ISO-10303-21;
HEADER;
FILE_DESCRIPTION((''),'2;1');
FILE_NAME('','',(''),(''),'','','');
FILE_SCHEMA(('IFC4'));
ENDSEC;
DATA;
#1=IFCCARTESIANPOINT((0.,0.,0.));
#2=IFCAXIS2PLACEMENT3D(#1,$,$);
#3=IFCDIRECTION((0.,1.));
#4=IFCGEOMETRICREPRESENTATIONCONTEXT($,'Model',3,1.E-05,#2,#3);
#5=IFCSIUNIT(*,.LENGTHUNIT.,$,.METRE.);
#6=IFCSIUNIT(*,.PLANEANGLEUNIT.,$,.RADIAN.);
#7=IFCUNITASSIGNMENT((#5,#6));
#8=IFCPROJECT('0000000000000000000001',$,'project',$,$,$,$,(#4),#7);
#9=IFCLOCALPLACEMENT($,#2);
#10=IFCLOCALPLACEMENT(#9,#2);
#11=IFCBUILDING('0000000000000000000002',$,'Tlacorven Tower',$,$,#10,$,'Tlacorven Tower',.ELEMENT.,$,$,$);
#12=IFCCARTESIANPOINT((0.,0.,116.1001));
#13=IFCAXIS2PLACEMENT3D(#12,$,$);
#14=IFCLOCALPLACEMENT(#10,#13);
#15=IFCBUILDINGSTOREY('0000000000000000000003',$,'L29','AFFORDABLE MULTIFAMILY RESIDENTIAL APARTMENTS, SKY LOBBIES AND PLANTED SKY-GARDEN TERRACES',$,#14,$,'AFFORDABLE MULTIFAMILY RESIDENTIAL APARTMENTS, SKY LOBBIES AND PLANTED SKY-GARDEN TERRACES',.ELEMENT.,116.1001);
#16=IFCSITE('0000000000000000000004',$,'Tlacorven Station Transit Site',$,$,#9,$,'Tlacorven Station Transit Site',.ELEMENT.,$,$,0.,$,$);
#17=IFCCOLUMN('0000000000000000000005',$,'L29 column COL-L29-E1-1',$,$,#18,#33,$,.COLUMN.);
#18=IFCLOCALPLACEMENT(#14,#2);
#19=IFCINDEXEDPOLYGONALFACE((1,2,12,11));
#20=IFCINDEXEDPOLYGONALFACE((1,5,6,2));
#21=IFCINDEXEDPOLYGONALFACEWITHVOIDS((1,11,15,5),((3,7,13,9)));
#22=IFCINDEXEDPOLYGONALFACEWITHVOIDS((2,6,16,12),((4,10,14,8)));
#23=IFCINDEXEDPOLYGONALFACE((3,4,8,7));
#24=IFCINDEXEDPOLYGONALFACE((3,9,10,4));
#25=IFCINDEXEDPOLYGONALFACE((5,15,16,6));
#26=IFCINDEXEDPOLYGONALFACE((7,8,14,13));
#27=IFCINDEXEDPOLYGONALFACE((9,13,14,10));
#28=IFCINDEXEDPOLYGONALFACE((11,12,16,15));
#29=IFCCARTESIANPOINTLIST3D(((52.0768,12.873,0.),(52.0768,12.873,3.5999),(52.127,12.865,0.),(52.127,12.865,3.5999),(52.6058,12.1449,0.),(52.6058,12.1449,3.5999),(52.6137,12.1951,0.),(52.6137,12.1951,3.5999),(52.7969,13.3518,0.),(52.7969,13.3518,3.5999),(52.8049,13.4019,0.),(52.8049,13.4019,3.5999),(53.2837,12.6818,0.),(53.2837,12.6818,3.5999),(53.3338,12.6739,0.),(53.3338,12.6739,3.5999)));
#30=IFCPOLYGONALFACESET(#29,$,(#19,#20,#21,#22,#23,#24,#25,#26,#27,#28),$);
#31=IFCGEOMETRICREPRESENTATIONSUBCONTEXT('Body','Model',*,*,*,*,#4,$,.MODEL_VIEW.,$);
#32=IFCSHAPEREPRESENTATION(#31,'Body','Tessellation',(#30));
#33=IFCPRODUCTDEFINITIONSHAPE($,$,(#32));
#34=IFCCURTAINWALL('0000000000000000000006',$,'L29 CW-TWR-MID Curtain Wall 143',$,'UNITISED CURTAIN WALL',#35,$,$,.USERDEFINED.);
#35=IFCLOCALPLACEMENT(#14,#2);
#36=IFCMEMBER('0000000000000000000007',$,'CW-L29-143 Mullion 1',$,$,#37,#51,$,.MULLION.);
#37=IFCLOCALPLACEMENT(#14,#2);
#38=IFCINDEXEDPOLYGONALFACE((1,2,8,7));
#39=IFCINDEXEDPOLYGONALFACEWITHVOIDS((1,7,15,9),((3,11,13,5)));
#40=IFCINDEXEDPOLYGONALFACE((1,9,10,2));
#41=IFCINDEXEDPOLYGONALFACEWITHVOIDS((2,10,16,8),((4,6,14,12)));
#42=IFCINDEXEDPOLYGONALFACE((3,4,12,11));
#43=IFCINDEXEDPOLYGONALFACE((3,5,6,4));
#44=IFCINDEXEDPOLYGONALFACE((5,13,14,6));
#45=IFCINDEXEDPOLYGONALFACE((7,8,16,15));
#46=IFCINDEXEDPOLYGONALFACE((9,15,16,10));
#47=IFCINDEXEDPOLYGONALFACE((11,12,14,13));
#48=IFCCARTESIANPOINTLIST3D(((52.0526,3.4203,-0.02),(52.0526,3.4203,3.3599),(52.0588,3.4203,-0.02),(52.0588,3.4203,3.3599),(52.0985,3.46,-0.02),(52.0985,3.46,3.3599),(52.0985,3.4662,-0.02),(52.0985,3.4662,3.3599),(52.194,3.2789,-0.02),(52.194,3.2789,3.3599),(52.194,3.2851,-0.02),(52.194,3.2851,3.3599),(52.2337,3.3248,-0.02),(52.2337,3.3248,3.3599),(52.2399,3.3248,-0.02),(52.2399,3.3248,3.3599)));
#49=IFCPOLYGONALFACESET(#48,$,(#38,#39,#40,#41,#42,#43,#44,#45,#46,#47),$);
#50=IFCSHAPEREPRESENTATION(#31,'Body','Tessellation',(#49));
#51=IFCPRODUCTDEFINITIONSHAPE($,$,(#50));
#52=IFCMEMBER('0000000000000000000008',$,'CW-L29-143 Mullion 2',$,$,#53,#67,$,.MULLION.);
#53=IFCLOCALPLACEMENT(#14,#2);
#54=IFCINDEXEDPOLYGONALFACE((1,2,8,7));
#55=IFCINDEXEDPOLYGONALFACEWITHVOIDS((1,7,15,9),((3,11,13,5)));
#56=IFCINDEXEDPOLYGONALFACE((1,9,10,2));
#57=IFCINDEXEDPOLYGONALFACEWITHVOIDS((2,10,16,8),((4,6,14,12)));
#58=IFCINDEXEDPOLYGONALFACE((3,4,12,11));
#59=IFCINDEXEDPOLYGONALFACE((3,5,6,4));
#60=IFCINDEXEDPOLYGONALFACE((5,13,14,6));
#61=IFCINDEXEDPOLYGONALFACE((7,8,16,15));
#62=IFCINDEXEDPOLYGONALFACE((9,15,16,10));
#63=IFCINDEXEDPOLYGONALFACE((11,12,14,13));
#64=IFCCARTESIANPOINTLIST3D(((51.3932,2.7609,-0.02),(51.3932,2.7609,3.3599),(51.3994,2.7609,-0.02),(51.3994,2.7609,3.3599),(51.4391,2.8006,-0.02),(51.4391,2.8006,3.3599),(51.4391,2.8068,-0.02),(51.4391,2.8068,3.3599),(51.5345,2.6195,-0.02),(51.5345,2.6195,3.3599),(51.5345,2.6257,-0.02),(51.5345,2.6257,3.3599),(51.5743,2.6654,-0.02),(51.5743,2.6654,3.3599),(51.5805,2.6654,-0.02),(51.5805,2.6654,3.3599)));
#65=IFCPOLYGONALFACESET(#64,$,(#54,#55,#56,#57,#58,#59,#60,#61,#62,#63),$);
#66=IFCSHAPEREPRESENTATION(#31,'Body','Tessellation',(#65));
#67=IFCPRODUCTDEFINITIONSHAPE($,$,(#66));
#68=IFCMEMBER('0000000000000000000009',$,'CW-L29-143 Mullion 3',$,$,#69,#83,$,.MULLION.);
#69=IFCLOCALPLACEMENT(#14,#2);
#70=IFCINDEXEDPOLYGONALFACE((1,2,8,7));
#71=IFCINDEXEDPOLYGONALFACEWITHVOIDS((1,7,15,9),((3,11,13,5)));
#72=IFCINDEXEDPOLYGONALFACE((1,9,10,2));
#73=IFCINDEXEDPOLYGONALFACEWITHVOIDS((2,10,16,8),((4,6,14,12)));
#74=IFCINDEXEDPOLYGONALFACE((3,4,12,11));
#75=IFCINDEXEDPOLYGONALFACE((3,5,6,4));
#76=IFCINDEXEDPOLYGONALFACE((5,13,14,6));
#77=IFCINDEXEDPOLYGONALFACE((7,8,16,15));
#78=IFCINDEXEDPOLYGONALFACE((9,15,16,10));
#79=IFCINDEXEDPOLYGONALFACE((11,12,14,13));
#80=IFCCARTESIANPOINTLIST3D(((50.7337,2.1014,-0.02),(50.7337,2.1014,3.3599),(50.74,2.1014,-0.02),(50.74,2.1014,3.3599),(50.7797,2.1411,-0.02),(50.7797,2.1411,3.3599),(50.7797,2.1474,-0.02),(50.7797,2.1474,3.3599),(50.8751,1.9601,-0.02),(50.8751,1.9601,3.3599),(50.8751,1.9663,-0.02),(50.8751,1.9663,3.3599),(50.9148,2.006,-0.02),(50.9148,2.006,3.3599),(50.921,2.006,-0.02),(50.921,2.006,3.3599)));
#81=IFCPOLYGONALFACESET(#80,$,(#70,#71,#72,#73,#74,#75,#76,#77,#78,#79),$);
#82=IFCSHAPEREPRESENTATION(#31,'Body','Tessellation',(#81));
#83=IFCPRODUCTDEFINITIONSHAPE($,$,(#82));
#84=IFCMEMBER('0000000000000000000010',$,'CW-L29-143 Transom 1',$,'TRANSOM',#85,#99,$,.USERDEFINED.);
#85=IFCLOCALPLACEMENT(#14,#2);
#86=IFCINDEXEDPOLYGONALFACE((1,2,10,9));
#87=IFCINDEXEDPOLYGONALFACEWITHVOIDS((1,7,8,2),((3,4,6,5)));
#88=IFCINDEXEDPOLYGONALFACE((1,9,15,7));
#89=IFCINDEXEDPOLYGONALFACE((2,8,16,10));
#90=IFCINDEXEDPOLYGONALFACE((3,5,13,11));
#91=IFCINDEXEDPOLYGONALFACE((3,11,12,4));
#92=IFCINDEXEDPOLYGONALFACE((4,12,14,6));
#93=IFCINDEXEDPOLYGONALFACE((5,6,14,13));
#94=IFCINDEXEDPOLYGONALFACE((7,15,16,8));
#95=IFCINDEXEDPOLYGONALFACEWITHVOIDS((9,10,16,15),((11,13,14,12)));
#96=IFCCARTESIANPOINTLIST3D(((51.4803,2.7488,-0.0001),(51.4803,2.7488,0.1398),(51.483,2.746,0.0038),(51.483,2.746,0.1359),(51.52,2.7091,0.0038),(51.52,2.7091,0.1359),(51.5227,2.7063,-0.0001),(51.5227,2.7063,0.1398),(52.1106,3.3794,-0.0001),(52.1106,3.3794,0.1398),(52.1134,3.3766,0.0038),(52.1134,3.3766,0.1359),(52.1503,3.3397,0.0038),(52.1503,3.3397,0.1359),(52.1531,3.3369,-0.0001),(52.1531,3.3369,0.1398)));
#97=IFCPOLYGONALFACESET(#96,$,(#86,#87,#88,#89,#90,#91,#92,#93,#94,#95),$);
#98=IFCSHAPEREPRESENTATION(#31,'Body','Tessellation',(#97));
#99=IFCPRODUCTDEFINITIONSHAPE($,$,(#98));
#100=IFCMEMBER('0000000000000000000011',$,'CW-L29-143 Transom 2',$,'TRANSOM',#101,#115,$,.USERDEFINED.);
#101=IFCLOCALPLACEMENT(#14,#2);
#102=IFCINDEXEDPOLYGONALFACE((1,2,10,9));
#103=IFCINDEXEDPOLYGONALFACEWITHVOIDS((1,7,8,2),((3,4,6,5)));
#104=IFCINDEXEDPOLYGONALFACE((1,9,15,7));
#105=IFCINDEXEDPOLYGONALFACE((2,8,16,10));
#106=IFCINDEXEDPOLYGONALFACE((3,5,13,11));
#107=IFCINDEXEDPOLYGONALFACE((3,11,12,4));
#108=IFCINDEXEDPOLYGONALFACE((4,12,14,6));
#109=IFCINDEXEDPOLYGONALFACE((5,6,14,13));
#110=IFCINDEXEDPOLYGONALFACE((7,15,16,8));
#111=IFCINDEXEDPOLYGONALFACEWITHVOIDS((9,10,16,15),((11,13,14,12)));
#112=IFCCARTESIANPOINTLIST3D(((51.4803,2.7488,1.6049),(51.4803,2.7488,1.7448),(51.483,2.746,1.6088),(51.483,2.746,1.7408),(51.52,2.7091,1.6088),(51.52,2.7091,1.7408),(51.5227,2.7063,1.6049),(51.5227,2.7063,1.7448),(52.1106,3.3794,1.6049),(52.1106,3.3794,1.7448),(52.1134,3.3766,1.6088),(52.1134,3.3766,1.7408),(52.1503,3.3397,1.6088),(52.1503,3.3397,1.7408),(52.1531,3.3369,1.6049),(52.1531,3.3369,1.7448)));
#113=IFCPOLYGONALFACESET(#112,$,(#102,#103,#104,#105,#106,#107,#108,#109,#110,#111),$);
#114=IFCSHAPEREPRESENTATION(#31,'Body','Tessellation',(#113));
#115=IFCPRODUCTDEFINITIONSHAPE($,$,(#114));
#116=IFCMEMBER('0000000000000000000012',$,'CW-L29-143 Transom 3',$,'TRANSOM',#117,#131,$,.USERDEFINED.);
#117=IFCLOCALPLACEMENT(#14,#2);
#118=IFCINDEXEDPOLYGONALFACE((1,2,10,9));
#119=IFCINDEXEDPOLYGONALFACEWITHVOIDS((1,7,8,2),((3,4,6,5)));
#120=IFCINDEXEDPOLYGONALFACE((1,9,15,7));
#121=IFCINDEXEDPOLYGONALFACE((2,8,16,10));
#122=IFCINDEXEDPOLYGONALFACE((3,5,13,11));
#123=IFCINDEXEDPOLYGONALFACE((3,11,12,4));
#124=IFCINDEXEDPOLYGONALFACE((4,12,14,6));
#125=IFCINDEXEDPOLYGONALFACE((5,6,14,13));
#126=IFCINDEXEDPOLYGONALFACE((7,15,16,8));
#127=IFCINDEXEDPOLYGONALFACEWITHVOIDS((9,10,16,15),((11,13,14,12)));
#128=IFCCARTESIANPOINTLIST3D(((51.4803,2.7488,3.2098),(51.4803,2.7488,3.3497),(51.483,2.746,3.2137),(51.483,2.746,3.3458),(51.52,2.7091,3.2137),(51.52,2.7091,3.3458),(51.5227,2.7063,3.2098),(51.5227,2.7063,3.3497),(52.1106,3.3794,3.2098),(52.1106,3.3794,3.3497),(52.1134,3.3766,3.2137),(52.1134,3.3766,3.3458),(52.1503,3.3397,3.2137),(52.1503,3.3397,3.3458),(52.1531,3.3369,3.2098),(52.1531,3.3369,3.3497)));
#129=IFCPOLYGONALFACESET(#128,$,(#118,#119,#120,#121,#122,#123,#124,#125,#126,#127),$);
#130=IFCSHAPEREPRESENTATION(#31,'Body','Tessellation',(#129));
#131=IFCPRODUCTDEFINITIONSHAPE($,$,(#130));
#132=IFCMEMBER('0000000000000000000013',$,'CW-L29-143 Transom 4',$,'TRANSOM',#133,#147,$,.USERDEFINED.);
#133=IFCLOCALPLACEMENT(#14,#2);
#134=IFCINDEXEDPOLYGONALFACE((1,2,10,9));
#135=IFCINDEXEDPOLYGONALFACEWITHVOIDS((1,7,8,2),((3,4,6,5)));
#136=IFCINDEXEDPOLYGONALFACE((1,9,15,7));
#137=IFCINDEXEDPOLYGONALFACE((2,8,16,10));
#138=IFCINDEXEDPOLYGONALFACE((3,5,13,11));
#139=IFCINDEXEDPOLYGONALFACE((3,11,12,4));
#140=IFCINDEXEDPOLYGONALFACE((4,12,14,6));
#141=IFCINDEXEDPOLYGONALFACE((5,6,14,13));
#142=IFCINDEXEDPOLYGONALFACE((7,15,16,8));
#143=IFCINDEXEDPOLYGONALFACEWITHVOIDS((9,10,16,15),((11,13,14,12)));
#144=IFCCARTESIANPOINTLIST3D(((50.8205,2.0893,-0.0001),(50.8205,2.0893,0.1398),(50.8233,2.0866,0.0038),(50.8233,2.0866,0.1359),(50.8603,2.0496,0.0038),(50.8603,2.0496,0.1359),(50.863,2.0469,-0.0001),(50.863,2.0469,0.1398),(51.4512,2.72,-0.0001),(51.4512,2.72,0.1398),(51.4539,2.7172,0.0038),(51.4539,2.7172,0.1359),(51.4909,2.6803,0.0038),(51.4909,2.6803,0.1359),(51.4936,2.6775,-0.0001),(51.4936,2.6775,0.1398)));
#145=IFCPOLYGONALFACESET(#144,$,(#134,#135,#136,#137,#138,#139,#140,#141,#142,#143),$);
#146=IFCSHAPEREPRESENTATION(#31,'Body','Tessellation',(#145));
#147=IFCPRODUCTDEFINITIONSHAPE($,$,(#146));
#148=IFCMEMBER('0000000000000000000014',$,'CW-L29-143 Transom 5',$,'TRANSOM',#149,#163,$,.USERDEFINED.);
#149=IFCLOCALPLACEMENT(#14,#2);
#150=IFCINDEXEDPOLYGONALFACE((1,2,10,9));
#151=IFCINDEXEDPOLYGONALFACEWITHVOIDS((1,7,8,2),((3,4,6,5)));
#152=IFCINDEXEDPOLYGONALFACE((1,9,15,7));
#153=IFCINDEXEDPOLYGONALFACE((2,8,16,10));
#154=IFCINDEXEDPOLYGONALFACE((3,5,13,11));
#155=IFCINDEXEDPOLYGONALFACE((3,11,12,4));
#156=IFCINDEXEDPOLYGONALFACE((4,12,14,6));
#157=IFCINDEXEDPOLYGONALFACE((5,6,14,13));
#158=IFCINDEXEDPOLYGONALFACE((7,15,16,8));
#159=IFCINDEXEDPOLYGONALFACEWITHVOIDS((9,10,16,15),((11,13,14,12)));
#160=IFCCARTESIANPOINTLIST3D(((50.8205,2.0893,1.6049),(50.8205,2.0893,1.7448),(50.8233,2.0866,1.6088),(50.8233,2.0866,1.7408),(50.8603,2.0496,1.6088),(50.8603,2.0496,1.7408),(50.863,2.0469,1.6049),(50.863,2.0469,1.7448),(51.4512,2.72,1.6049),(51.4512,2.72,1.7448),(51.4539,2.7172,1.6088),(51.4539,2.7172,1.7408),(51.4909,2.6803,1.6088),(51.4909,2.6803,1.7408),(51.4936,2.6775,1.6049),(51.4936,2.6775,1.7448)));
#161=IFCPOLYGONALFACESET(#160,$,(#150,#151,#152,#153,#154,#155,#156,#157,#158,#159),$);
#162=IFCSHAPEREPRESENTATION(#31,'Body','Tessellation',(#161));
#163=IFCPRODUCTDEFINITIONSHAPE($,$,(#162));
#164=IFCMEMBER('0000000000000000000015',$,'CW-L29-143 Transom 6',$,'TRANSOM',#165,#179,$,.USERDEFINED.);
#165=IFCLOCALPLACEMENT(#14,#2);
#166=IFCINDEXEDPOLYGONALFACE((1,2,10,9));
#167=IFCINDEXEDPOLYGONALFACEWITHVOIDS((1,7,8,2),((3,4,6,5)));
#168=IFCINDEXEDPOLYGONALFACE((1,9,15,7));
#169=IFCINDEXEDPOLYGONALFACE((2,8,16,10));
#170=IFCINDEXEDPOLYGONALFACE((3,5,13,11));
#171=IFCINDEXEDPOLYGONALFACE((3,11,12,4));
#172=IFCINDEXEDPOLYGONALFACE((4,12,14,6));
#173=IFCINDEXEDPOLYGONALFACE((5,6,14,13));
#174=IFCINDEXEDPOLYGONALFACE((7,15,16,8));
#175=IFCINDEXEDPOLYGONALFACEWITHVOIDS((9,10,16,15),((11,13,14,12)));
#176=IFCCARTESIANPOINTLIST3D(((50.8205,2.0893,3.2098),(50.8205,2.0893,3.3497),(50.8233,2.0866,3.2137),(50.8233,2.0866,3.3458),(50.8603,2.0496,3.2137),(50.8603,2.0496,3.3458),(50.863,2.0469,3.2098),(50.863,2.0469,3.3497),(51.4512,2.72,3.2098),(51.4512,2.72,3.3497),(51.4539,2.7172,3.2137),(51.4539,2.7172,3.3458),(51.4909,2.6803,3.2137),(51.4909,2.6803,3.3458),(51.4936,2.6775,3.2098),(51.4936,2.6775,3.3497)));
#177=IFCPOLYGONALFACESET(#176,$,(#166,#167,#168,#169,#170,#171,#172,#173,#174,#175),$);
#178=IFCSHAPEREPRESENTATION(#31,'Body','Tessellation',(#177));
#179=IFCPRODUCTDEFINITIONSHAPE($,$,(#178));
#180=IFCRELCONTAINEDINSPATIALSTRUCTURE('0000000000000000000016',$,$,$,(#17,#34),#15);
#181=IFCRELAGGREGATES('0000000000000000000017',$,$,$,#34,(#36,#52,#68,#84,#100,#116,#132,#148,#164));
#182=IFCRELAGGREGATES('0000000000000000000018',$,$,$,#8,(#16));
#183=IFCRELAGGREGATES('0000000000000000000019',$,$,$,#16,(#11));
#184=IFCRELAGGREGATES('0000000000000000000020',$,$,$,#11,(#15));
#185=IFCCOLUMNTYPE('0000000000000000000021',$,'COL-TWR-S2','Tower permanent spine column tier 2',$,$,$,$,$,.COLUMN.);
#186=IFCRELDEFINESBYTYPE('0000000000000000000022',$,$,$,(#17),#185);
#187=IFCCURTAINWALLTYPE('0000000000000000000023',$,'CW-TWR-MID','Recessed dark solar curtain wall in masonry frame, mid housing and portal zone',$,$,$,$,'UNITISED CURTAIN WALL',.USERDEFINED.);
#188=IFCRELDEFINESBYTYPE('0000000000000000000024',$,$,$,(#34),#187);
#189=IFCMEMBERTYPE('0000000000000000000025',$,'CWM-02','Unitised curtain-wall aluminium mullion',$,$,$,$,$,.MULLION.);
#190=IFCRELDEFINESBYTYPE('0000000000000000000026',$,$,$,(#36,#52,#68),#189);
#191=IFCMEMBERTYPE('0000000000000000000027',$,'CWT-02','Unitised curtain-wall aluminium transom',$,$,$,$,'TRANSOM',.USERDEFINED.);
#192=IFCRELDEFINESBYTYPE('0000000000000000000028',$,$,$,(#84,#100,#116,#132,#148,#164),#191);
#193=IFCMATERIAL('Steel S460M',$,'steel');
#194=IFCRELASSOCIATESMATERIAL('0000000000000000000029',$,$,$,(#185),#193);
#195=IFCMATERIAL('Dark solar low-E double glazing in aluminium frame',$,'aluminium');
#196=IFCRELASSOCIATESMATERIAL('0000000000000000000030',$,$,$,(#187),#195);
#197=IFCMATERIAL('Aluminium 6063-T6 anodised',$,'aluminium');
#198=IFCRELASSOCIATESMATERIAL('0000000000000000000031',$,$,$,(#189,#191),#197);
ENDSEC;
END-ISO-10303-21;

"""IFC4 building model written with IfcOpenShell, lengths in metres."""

from ifc_helpers import new_model, si_unit, direction, frame, origin, origin_2d, place, context, subcontext, project, spatial, hollow_rectangle, extrude, source, transform, mapped, material, material_profile, profile_set, type_object, element, aggregate, save


model = new_model("IFC4")

# Units and contexts
model_context = context("Model", 3, precision=1e-05, world=origin(), true_north=direction((0.0, 1.0)))
body_context = subcontext(model_context, "Body", "Model", "MODEL_VIEW")
ifc_project = project(units=[si_unit("LENGTHUNIT", "METRE"), si_unit("PLANEANGLEUNIT", "RADIAN")], contexts=[model_context])

# Site, building, storey
site_placement = place(None, origin())
site = spatial("IfcSite", under=ifc_project, at=site_placement, Name="Tlacorven Station Transit Site", LongName="Tlacorven Station Transit Site", CompositionType="ELEMENT", RefElevation=0.0)
building_placement = place(site_placement, origin())
building = spatial("IfcBuilding", under=site, at=building_placement, Name="Tlacorven Tower", LongName="Tlacorven Tower", CompositionType="ELEMENT")
storey_placement = place(building_placement, frame((0.0, 0.0, 116.1001)))
storey = spatial("IfcBuildingStorey", under=building, at=storey_placement, Name="L29", Description="AFFORDABLE MULTIFAMILY RESIDENTIAL APARTMENTS, SKY LOBBIES AND PLANTED SKY-GARDEN TERRACES", LongName="AFFORDABLE MULTIFAMILY RESIDENTIAL APARTMENTS, SKY LOBBIES AND PLANTED SKY-GARDEN TERRACES", CompositionType="ELEMENT", Elevation=116.1001)

# Column
ifc_material_1 = material(Name="Steel S460M", Category="steel")
ifc_material_profile_1 = material_profile(ifc_material_1, hollow_rectangle(XDim=0.8999, YDim=0.8999, WallThickness=0.0359, at=origin_2d()), Name="BOX 900X900X36")
ifc_profile_set_1 = profile_set([ifc_material_profile_1], Name="Steel S460M")
column_type = type_object("IfcColumnType", Name="COL-TWR-S2", Description="Tower permanent spine column tier 2", PredefinedType="COLUMN", material=ifc_profile_set_1)
shared_shape_1 = source(origin(), body_context, "Body", "SweptSolid", [
    extrude(hollow_rectangle(XDim=0.8999, YDim=0.8999, WallThickness=0.0359, at=origin_2d()), origin(), (0.0, 0.0, 1.0), 3.5999),
])
column_placement = place(storey_placement, frame((52.7053, 12.7734, 0.0), z_axis=(0.0, 0.0, 1.0), x_axis=(0.809017, 0.587785, 0.0)))
element("IfcColumn", 1, at=column_placement, inside=storey, type_object=column_type, Name="L29 column COL-L29-E1-1", PredefinedType="COLUMN", context=body_context, shape_type="MappedRepresentation", body=[
    mapped(shared_shape_1, transform((0.0, 0.0, 0.0), scale=1.0)),
])

# Curtain wall, members
ifc_material_2 = material(Name="Dark solar low-E double glazing in aluminium frame", Category="aluminium")
curtain_wall_type = type_object("IfcCurtainWallType", Name="CW-TWR-MID", Description="Recessed dark solar curtain wall in masonry frame, mid housing and portal zone", ElementType="UNITISED CURTAIN WALL", PredefinedType="USERDEFINED", material=ifc_material_2)
curtain_wall_placement = place(storey_placement, origin())
curtain_wall = element("IfcCurtainWall", 2, at=curtain_wall_placement, inside=storey, type_object=curtain_wall_type, Name="L29 CW-TWR-MID Curtain Wall 143", ObjectType="UNITISED CURTAIN WALL", PredefinedType="USERDEFINED")
ifc_material_3 = material(Name="Aluminium 6063-T6 anodised", Category="aluminium")
ifc_material_profile_2 = material_profile(ifc_material_3, hollow_rectangle(XDim=0.0649, YDim=0.2, WallThickness=0.0044, at=origin_2d()), Name="ALU MULLION 65X200")
ifc_profile_set_2 = profile_set([ifc_material_profile_2], Name="Aluminium 6063-T6 anodised")
member_type_1 = type_object("IfcMemberType", Name="CWM-02", Description="Unitised curtain-wall aluminium mullion", PredefinedType="MULLION", material=ifc_profile_set_2)
shared_shape_2 = source(origin(), body_context, "Body", "SweptSolid", [
    extrude(hollow_rectangle(XDim=0.0649, YDim=0.2, WallThickness=0.0044, at=origin_2d()), origin(), (0.0, 0.0, 1.0), 3.3799),
])
member_1_placement = place(storey_placement, frame((52.1462, 3.3726, -0.02), z_axis=(0.0, 0.0, 1.0), x_axis=(-0.707107, -0.707107, 0.0)))
member_1 = element("IfcMember", 3, at=member_1_placement, type_object=member_type_1, Name="CW-L29-143 Mullion 1", PredefinedType="MULLION", context=body_context, shape_type="MappedRepresentation", body=[
    mapped(shared_shape_2, transform((0.0, 0.0, 0.0), scale=1.0)),
])
member_2_placement = place(storey_placement, frame((51.4868, 2.7131, -0.02), z_axis=(0.0, 0.0, 1.0), x_axis=(-0.707107, -0.707107, 0.0)))
member_2 = element("IfcMember", 4, at=member_2_placement, type_object=member_type_1, Name="CW-L29-143 Mullion 2", PredefinedType="MULLION", context=body_context, shape_type="MappedRepresentation", body=[
    mapped(shared_shape_2, transform((0.0, 0.0, 0.0), scale=1.0)),
])
member_3_placement = place(storey_placement, frame((50.8274, 2.0537, -0.02), z_axis=(0.0, 0.0, 1.0), x_axis=(-0.707107, -0.707107, 0.0)))
member_3 = element("IfcMember", 5, at=member_3_placement, type_object=member_type_1, Name="CW-L29-143 Mullion 3", PredefinedType="MULLION", context=body_context, shape_type="MappedRepresentation", body=[
    mapped(shared_shape_2, transform((0.0, 0.0, 0.0), scale=1.0)),
])
ifc_material_profile_3 = material_profile(ifc_material_3, hollow_rectangle(XDim=0.0601, YDim=0.1399, WallThickness=0.0039, at=origin_2d()), Name="ALU TRANSOM 60X140")
ifc_profile_set_3 = profile_set([ifc_material_profile_3], Name="Aluminium 6063-T6 anodised")
member_type_2 = type_object("IfcMemberType", Name="CWT-02", Description="Unitised curtain-wall aluminium transom", ElementType="TRANSOM", PredefinedType="USERDEFINED", material=ifc_profile_set_3)
shared_shape_3 = source(origin(), body_context, "Body", "SweptSolid", [
    extrude(hollow_rectangle(XDim=0.0601, YDim=0.1399, WallThickness=0.0039, at=origin_2d()), origin(), (0.0, 0.0, 1.0), 0.8916),
])
member_4_placement = place(storey_placement, frame((52.1318, 3.3582, 0.0698), z_axis=(-0.70697, -0.707244, 0.0), x_axis=(0.707244, -0.70697, 0.0)))
member_4 = element("IfcMember", 6, at=member_4_placement, type_object=member_type_2, Name="CW-L29-143 Transom 1", ObjectType="TRANSOM", PredefinedType="USERDEFINED", context=body_context, shape_type="MappedRepresentation", body=[
    mapped(shared_shape_3, transform((0.0, 0.0, 0.0), scale=1.0)),
])
member_5_placement = place(storey_placement, frame((52.1318, 3.3582, 1.6748), z_axis=(-0.70697, -0.707244, 0.0), x_axis=(0.707244, -0.70697, 0.0)))
member_5 = element("IfcMember", 7, at=member_5_placement, type_object=member_type_2, Name="CW-L29-143 Transom 2", ObjectType="TRANSOM", PredefinedType="USERDEFINED", context=body_context, shape_type="MappedRepresentation", body=[
    mapped(shared_shape_3, transform((0.0, 0.0, 0.0), scale=1.0)),
])
member_6_placement = place(storey_placement, frame((52.1318, 3.3582, 3.2798), z_axis=(-0.70697, -0.707244, 0.0), x_axis=(0.707244, -0.70697, 0.0)))
member_6 = element("IfcMember", 8, at=member_6_placement, type_object=member_type_2, Name="CW-L29-143 Transom 3", ObjectType="TRANSOM", PredefinedType="USERDEFINED", context=body_context, shape_type="MappedRepresentation", body=[
    mapped(shared_shape_3, transform((0.0, 0.0, 0.0), scale=1.0)),
])
shared_shape_4 = source(origin(), body_context, "Body", "SweptSolid", [
    extrude(hollow_rectangle(XDim=0.0601, YDim=0.1399, WallThickness=0.0039, at=origin_2d()), origin(), (0.0, 0.0, 1.0), 0.8918),
])
member_7_placement = place(storey_placement, frame((51.4724, 2.6987, 0.0698), z_axis=(-0.707107, -0.707107, 0.0), x_axis=(0.707107, -0.707107, 0.0)))
member_7 = element("IfcMember", 9, at=member_7_placement, type_object=member_type_2, Name="CW-L29-143 Transom 4", ObjectType="TRANSOM", PredefinedType="USERDEFINED", context=body_context, shape_type="MappedRepresentation", body=[
    mapped(shared_shape_4, transform((0.0, 0.0, 0.0), scale=1.0)),
])
member_8_placement = place(storey_placement, frame((51.4724, 2.6987, 1.6748), z_axis=(-0.707107, -0.707107, 0.0), x_axis=(0.707107, -0.707107, 0.0)))
member_8 = element("IfcMember", 10, at=member_8_placement, type_object=member_type_2, Name="CW-L29-143 Transom 5", ObjectType="TRANSOM", PredefinedType="USERDEFINED", context=body_context, shape_type="MappedRepresentation", body=[
    mapped(shared_shape_4, transform((0.0, 0.0, 0.0), scale=1.0)),
])
member_9_placement = place(storey_placement, frame((51.4724, 2.6987, 3.2798), z_axis=(-0.707107, -0.707107, 0.0), x_axis=(0.707107, -0.707107, 0.0)))
member_9 = element("IfcMember", 11, at=member_9_placement, type_object=member_type_2, Name="CW-L29-143 Transom 6", ObjectType="TRANSOM", PredefinedType="USERDEFINED", context=body_context, shape_type="MappedRepresentation", body=[
    mapped(shared_shape_4, transform((0.0, 0.0, 0.0), scale=1.0)),
])
aggregate(curtain_wall, [member_1, member_2, member_3, member_4, member_5, member_6, member_7, member_8, member_9])

save(model, "model.ifc")
